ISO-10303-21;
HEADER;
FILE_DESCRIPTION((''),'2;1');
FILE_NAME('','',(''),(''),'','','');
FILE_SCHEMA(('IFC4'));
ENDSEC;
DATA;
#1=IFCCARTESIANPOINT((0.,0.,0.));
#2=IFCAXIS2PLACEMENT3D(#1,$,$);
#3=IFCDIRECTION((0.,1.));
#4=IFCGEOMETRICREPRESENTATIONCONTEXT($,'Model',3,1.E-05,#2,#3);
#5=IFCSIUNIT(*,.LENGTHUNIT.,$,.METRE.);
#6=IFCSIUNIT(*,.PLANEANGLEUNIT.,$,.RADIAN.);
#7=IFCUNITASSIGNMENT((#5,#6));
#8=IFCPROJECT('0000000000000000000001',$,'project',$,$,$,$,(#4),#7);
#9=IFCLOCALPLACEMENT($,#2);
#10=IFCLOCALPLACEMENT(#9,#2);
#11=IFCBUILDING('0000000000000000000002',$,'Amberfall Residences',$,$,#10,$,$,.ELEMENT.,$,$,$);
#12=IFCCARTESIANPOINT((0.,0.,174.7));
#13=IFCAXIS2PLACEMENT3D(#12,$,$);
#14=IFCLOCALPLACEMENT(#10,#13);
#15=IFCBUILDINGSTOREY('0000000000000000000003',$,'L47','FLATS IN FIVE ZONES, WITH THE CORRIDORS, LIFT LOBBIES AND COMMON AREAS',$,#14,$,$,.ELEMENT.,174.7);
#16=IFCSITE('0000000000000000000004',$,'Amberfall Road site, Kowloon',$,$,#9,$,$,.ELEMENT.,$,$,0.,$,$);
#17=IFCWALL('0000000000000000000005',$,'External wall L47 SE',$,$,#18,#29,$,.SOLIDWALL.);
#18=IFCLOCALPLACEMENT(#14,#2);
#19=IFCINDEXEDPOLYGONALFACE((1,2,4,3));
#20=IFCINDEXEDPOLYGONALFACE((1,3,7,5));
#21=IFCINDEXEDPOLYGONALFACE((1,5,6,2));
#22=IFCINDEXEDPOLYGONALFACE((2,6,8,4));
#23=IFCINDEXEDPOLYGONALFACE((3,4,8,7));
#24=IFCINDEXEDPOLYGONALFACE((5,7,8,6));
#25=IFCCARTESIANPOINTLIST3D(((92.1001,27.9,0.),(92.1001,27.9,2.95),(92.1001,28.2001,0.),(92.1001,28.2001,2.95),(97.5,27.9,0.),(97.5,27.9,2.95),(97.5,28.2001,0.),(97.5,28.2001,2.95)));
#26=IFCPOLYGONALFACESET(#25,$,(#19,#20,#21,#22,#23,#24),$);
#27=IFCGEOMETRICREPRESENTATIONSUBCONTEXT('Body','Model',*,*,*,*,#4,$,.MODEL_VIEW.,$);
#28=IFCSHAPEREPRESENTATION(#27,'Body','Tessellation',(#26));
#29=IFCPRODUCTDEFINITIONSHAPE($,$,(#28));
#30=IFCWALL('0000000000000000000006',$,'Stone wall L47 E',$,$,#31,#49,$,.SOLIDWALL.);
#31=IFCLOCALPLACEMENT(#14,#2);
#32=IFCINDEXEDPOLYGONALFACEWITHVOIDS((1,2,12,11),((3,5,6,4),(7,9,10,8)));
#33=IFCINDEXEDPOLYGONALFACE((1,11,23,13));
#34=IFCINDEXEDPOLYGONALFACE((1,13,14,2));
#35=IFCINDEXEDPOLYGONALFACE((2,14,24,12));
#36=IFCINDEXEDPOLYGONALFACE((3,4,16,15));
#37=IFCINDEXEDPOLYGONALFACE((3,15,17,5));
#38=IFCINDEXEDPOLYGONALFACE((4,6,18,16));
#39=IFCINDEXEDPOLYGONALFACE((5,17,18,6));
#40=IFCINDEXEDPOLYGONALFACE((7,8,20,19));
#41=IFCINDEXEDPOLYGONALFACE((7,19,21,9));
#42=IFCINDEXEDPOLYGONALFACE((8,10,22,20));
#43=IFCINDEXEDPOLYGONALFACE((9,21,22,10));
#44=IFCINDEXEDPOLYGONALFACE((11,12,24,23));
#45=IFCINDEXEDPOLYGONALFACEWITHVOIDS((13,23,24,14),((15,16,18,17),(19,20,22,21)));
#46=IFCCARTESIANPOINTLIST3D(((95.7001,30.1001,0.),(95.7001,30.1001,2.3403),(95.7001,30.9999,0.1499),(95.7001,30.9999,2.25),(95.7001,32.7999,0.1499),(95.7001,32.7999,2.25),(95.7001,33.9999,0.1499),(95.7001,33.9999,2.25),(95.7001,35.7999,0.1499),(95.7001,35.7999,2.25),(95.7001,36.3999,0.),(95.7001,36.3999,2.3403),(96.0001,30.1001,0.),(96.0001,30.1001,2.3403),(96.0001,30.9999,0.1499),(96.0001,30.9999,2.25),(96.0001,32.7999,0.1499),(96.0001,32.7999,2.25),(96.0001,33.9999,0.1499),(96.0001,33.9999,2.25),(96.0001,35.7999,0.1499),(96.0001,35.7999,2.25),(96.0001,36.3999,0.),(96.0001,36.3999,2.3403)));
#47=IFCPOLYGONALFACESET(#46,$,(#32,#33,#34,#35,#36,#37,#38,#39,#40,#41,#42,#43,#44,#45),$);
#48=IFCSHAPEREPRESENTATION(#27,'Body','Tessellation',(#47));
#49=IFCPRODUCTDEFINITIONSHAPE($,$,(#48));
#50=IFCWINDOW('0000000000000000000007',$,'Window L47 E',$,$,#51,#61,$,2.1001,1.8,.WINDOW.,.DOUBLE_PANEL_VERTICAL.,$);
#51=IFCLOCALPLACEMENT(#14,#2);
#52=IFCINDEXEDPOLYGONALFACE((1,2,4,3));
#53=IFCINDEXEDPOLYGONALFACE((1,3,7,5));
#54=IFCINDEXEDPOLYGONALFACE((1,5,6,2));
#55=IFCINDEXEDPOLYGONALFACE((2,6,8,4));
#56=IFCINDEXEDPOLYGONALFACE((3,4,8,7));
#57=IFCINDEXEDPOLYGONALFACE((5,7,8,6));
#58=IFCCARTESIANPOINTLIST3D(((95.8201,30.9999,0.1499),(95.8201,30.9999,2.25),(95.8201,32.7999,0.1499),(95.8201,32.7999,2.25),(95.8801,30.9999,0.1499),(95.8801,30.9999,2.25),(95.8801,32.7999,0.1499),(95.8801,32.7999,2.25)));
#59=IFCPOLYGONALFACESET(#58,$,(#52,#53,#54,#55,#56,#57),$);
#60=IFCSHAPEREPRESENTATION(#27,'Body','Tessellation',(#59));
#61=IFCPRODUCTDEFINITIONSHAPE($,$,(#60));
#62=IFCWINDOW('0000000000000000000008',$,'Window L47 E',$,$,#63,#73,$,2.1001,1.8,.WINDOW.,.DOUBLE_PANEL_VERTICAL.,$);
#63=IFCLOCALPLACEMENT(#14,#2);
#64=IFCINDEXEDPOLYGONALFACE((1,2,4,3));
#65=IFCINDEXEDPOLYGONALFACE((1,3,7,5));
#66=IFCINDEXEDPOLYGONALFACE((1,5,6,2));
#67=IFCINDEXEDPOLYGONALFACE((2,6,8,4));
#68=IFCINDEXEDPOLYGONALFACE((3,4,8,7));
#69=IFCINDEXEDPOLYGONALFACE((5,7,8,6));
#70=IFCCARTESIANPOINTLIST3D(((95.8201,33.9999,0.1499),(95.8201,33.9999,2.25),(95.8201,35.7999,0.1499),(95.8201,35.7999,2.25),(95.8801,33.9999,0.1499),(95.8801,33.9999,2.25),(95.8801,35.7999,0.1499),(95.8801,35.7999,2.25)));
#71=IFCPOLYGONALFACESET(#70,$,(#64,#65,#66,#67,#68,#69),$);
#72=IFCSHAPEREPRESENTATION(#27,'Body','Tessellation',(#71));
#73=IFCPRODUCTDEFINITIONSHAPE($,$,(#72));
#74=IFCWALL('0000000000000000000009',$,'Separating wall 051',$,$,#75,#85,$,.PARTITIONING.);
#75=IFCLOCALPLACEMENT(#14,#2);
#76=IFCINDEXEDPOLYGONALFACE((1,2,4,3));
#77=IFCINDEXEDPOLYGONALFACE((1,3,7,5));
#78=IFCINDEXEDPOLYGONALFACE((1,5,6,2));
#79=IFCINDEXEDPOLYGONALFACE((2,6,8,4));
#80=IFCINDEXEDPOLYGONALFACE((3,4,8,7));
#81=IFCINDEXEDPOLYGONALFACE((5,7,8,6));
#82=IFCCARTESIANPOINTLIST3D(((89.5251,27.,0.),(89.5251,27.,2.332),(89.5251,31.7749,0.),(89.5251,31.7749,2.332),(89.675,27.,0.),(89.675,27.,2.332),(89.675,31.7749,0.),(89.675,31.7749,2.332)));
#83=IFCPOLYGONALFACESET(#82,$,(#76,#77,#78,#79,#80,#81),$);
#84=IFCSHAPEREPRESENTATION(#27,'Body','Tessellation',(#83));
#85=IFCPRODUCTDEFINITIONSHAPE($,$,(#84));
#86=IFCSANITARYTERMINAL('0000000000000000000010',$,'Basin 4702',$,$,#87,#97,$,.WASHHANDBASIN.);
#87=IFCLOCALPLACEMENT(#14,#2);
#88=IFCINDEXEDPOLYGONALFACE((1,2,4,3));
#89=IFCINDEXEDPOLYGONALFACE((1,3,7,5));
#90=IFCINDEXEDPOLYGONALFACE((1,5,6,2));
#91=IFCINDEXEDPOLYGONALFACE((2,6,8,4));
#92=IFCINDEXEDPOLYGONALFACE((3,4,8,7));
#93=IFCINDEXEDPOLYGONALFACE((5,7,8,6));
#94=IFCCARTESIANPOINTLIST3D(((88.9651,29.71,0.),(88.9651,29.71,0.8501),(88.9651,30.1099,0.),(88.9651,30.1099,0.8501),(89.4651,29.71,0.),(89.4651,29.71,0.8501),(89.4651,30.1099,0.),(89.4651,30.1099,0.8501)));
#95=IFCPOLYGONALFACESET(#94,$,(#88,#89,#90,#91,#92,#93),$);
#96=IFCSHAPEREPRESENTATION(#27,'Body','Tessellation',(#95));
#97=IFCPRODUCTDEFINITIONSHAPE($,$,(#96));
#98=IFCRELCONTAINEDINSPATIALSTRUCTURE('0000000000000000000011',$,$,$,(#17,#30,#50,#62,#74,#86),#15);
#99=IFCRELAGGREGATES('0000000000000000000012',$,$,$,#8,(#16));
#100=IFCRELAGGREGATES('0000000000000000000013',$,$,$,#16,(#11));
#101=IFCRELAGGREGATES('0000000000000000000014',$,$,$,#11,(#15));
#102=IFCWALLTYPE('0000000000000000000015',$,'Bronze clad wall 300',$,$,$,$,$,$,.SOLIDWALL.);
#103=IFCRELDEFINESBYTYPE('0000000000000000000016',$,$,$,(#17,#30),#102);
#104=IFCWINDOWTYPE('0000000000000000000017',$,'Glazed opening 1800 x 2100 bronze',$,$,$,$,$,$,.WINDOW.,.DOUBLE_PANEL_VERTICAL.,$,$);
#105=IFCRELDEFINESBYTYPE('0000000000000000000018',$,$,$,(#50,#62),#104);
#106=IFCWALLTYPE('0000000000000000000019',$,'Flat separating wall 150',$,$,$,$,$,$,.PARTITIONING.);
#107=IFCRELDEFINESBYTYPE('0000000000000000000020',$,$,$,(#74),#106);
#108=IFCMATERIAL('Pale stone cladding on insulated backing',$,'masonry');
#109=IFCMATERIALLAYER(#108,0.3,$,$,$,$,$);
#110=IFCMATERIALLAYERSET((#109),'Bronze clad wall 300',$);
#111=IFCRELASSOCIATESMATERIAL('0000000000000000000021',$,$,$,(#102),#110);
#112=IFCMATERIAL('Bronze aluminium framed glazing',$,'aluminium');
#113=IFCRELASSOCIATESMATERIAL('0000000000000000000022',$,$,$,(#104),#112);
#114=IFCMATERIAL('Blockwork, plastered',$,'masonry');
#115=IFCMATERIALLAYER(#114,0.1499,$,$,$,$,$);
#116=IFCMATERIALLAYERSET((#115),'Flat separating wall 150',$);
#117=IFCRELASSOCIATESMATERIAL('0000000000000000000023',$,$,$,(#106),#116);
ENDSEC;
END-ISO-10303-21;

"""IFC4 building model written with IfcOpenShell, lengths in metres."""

from ifc_helpers import new_model, si_unit, direction, frame, frame_2d, origin, origin_2d, place, context, subcontext, project, spatial, rectangle, extrude, material, layer, layer_set, type_object, element, fill, save


model = new_model("IFC4")

# Units and contexts
model_context = context("Model", 3, precision=1e-05, world=origin(), true_north=direction((0.0, 1.0)))
body_context = subcontext(model_context, "Body", "Model", "MODEL_VIEW")
ifc_project = project(units=[si_unit("LENGTHUNIT", "METRE"), si_unit("PLANEANGLEUNIT", "RADIAN")], contexts=[model_context])

# Site, building, storey
site_placement = place(None, origin())
site = spatial("IfcSite", under=ifc_project, at=site_placement, Name="Amberfall Road site, Kowloon", CompositionType="ELEMENT", RefElevation=0.0)
building_placement = place(site_placement, origin())
building = spatial("IfcBuilding", under=site, at=building_placement, Name="Amberfall Residences", CompositionType="ELEMENT")
storey_placement = place(building_placement, frame((0.0, 0.0, 174.7)))
storey = spatial("IfcBuildingStorey", under=building, at=storey_placement, Name="L47", Description="FLATS IN FIVE ZONES, WITH THE CORRIDORS, LIFT LOBBIES AND COMMON AREAS", CompositionType="ELEMENT", Elevation=174.7)

# Shared definitions
ifc_material_1 = material(Name="Pale stone cladding on insulated backing", Category="masonry")
ifc_layer_1 = layer(ifc_material_1, 0.3)
ifc_layer_set_1 = layer_set([ifc_layer_1], Name="Bronze clad wall 300")
wall_type_1 = type_object("IfcWallType", Name="Bronze clad wall 300", PredefinedType="SOLIDWALL", material=ifc_layer_set_1)

# Shared definitions
ifc_material_2 = material(Name="Bronze aluminium framed glazing", Category="aluminium")

# Wall
wall_1_placement = place(storey_placement, frame((92.1001, 28.05, 0.0), z_axis=(0.0, 0.0, 1.0), x_axis=(1.0, 0.0, 0.0)))
element("IfcWall", 1, at=wall_1_placement, inside=storey, type_object=wall_type_1, Name="External wall L47 SE", PredefinedType="SOLIDWALL", context=body_context, shape_type="SweptSolid", body=[
    extrude(rectangle(XDim=5.3999, YDim=0.3, at=frame_2d((2.7, 0.0))), origin(), (0.0, 0.0, 1.0), 2.95),
])

# Wall, openings, windows
wall_2_placement = place(storey_placement, frame((95.8501, 30.1001, 0.0), z_axis=(0.0, 0.0, 1.0), x_axis=(0.0, 1.0, 0.0)))
wall_2 = element("IfcWall", 2, at=wall_2_placement, inside=storey, type_object=wall_type_1, Name="Stone wall L47 E", PredefinedType="SOLIDWALL", context=body_context, shape_type="SweptSolid", body=[
    extrude(rectangle(XDim=6.2998, YDim=0.3, at=frame_2d((3.1499, 0.0))), origin(), (0.0, 0.0, 1.0), 2.3403),
])
opening_1_placement = place(wall_2_placement, frame((0.8999, 0.0, 0.1499)))
opening_1 = element("IfcOpeningElement", 3, at=opening_1_placement, cuts=wall_2, PredefinedType="OPENING", context=body_context, shape_type="SweptSolid", body=[
    extrude(rectangle(XDim=1.8, YDim=2.1001, at=frame_2d((0.8999, 1.05))), frame((0.0, 0.1599, 0.0), z_axis=(0.0, -1.0, 0.0), x_axis=(1.0, 0.0, 0.0)), (0.0, 0.0, 1.0), 0.3201),
])
opening_2_placement = place(wall_2_placement, frame((3.8999, 0.0, 0.1499)))
opening_2 = element("IfcOpeningElement", 4, at=opening_2_placement, cuts=wall_2, PredefinedType="OPENING", context=body_context, shape_type="SweptSolid", body=[
    extrude(rectangle(XDim=1.8, YDim=2.1001, at=frame_2d((0.8999, 1.05))), frame((0.0, 0.1599, 0.0), z_axis=(0.0, -1.0, 0.0), x_axis=(1.0, 0.0, 0.0)), (0.0, 0.0, 1.0), 0.3201),
])
window_type_1 = type_object("IfcWindowType", Name="Glazed opening 1800 x 2100 bronze", PartitioningType="DOUBLE_PANEL_VERTICAL", PredefinedType="WINDOW", material=ifc_material_2)
window_1_placement = place(opening_1_placement, origin())
window_1 = element("IfcWindow", 5, at=window_1_placement, inside=storey, type_object=window_type_1, Name="Window L47 E", OverallHeight=2.1001, OverallWidth=1.8, PartitioningType="DOUBLE_PANEL_VERTICAL", PredefinedType="WINDOW", context=body_context, shape_type="SweptSolid", body=[
    extrude(rectangle(XDim=1.8, YDim=2.1001, at=frame_2d((0.8999, 1.05))), frame((0.0, 0.03, 0.0), z_axis=(0.0, -1.0, 0.0), x_axis=(1.0, 0.0, 0.0)), (0.0, 0.0, 1.0), 0.0601),
])
fill(opening_1, window_1)
window_2_placement = place(opening_2_placement, origin())
window_2 = element("IfcWindow", 6, at=window_2_placement, inside=storey, type_object=window_type_1, Name="Window L47 E", OverallHeight=2.1001, OverallWidth=1.8, PartitioningType="DOUBLE_PANEL_VERTICAL", PredefinedType="WINDOW", context=body_context, shape_type="SweptSolid", body=[
    extrude(rectangle(XDim=1.8, YDim=2.1001, at=frame_2d((0.8999, 1.05))), frame((0.0, 0.03, 0.0), z_axis=(0.0, -1.0, 0.0), x_axis=(1.0, 0.0, 0.0)), (0.0, 0.0, 1.0), 0.0601),
])
fill(opening_2, window_2)

# Wall
ifc_material_3 = material(Name="Blockwork, plastered", Category="masonry")
ifc_layer_2 = layer(ifc_material_3, 0.1499)
ifc_layer_set_2 = layer_set([ifc_layer_2], Name="Flat separating wall 150")
wall_type_2 = type_object("IfcWallType", Name="Flat separating wall 150", PredefinedType="PARTITIONING", material=ifc_layer_set_2)
wall_3_placement = place(storey_placement, frame((89.6001, 27.0, 0.0), z_axis=(0.0, 0.0, 1.0), x_axis=(0.0, 1.0, 0.0)))
element("IfcWall", 7, at=wall_3_placement, inside=storey, type_object=wall_type_2, Name="Separating wall 051", PredefinedType="PARTITIONING", context=body_context, shape_type="SweptSolid", body=[
    extrude(rectangle(XDim=4.7749, YDim=0.1499, at=frame_2d((2.3875, 0.0))), origin(), (0.0, 0.0, 1.0), 2.332),
])

# Sanitary terminal
sanitary_terminal_placement = place(storey_placement, frame((89.2151, 29.9099, 0.0), z_axis=(0.0, 0.0, 1.0), x_axis=(1.0, 0.0, 0.0)))
element("IfcSanitaryTerminal", 8, at=sanitary_terminal_placement, inside=storey, Name="Basin 4702", PredefinedType="WASHHANDBASIN", context=body_context, shape_type="SweptSolid", body=[
    extrude(rectangle(XDim=0.5, YDim=0.3999, at=origin_2d()), origin(), (0.0, 0.0, 1.0), 0.8501),
])

save(model, "model.ifc")
